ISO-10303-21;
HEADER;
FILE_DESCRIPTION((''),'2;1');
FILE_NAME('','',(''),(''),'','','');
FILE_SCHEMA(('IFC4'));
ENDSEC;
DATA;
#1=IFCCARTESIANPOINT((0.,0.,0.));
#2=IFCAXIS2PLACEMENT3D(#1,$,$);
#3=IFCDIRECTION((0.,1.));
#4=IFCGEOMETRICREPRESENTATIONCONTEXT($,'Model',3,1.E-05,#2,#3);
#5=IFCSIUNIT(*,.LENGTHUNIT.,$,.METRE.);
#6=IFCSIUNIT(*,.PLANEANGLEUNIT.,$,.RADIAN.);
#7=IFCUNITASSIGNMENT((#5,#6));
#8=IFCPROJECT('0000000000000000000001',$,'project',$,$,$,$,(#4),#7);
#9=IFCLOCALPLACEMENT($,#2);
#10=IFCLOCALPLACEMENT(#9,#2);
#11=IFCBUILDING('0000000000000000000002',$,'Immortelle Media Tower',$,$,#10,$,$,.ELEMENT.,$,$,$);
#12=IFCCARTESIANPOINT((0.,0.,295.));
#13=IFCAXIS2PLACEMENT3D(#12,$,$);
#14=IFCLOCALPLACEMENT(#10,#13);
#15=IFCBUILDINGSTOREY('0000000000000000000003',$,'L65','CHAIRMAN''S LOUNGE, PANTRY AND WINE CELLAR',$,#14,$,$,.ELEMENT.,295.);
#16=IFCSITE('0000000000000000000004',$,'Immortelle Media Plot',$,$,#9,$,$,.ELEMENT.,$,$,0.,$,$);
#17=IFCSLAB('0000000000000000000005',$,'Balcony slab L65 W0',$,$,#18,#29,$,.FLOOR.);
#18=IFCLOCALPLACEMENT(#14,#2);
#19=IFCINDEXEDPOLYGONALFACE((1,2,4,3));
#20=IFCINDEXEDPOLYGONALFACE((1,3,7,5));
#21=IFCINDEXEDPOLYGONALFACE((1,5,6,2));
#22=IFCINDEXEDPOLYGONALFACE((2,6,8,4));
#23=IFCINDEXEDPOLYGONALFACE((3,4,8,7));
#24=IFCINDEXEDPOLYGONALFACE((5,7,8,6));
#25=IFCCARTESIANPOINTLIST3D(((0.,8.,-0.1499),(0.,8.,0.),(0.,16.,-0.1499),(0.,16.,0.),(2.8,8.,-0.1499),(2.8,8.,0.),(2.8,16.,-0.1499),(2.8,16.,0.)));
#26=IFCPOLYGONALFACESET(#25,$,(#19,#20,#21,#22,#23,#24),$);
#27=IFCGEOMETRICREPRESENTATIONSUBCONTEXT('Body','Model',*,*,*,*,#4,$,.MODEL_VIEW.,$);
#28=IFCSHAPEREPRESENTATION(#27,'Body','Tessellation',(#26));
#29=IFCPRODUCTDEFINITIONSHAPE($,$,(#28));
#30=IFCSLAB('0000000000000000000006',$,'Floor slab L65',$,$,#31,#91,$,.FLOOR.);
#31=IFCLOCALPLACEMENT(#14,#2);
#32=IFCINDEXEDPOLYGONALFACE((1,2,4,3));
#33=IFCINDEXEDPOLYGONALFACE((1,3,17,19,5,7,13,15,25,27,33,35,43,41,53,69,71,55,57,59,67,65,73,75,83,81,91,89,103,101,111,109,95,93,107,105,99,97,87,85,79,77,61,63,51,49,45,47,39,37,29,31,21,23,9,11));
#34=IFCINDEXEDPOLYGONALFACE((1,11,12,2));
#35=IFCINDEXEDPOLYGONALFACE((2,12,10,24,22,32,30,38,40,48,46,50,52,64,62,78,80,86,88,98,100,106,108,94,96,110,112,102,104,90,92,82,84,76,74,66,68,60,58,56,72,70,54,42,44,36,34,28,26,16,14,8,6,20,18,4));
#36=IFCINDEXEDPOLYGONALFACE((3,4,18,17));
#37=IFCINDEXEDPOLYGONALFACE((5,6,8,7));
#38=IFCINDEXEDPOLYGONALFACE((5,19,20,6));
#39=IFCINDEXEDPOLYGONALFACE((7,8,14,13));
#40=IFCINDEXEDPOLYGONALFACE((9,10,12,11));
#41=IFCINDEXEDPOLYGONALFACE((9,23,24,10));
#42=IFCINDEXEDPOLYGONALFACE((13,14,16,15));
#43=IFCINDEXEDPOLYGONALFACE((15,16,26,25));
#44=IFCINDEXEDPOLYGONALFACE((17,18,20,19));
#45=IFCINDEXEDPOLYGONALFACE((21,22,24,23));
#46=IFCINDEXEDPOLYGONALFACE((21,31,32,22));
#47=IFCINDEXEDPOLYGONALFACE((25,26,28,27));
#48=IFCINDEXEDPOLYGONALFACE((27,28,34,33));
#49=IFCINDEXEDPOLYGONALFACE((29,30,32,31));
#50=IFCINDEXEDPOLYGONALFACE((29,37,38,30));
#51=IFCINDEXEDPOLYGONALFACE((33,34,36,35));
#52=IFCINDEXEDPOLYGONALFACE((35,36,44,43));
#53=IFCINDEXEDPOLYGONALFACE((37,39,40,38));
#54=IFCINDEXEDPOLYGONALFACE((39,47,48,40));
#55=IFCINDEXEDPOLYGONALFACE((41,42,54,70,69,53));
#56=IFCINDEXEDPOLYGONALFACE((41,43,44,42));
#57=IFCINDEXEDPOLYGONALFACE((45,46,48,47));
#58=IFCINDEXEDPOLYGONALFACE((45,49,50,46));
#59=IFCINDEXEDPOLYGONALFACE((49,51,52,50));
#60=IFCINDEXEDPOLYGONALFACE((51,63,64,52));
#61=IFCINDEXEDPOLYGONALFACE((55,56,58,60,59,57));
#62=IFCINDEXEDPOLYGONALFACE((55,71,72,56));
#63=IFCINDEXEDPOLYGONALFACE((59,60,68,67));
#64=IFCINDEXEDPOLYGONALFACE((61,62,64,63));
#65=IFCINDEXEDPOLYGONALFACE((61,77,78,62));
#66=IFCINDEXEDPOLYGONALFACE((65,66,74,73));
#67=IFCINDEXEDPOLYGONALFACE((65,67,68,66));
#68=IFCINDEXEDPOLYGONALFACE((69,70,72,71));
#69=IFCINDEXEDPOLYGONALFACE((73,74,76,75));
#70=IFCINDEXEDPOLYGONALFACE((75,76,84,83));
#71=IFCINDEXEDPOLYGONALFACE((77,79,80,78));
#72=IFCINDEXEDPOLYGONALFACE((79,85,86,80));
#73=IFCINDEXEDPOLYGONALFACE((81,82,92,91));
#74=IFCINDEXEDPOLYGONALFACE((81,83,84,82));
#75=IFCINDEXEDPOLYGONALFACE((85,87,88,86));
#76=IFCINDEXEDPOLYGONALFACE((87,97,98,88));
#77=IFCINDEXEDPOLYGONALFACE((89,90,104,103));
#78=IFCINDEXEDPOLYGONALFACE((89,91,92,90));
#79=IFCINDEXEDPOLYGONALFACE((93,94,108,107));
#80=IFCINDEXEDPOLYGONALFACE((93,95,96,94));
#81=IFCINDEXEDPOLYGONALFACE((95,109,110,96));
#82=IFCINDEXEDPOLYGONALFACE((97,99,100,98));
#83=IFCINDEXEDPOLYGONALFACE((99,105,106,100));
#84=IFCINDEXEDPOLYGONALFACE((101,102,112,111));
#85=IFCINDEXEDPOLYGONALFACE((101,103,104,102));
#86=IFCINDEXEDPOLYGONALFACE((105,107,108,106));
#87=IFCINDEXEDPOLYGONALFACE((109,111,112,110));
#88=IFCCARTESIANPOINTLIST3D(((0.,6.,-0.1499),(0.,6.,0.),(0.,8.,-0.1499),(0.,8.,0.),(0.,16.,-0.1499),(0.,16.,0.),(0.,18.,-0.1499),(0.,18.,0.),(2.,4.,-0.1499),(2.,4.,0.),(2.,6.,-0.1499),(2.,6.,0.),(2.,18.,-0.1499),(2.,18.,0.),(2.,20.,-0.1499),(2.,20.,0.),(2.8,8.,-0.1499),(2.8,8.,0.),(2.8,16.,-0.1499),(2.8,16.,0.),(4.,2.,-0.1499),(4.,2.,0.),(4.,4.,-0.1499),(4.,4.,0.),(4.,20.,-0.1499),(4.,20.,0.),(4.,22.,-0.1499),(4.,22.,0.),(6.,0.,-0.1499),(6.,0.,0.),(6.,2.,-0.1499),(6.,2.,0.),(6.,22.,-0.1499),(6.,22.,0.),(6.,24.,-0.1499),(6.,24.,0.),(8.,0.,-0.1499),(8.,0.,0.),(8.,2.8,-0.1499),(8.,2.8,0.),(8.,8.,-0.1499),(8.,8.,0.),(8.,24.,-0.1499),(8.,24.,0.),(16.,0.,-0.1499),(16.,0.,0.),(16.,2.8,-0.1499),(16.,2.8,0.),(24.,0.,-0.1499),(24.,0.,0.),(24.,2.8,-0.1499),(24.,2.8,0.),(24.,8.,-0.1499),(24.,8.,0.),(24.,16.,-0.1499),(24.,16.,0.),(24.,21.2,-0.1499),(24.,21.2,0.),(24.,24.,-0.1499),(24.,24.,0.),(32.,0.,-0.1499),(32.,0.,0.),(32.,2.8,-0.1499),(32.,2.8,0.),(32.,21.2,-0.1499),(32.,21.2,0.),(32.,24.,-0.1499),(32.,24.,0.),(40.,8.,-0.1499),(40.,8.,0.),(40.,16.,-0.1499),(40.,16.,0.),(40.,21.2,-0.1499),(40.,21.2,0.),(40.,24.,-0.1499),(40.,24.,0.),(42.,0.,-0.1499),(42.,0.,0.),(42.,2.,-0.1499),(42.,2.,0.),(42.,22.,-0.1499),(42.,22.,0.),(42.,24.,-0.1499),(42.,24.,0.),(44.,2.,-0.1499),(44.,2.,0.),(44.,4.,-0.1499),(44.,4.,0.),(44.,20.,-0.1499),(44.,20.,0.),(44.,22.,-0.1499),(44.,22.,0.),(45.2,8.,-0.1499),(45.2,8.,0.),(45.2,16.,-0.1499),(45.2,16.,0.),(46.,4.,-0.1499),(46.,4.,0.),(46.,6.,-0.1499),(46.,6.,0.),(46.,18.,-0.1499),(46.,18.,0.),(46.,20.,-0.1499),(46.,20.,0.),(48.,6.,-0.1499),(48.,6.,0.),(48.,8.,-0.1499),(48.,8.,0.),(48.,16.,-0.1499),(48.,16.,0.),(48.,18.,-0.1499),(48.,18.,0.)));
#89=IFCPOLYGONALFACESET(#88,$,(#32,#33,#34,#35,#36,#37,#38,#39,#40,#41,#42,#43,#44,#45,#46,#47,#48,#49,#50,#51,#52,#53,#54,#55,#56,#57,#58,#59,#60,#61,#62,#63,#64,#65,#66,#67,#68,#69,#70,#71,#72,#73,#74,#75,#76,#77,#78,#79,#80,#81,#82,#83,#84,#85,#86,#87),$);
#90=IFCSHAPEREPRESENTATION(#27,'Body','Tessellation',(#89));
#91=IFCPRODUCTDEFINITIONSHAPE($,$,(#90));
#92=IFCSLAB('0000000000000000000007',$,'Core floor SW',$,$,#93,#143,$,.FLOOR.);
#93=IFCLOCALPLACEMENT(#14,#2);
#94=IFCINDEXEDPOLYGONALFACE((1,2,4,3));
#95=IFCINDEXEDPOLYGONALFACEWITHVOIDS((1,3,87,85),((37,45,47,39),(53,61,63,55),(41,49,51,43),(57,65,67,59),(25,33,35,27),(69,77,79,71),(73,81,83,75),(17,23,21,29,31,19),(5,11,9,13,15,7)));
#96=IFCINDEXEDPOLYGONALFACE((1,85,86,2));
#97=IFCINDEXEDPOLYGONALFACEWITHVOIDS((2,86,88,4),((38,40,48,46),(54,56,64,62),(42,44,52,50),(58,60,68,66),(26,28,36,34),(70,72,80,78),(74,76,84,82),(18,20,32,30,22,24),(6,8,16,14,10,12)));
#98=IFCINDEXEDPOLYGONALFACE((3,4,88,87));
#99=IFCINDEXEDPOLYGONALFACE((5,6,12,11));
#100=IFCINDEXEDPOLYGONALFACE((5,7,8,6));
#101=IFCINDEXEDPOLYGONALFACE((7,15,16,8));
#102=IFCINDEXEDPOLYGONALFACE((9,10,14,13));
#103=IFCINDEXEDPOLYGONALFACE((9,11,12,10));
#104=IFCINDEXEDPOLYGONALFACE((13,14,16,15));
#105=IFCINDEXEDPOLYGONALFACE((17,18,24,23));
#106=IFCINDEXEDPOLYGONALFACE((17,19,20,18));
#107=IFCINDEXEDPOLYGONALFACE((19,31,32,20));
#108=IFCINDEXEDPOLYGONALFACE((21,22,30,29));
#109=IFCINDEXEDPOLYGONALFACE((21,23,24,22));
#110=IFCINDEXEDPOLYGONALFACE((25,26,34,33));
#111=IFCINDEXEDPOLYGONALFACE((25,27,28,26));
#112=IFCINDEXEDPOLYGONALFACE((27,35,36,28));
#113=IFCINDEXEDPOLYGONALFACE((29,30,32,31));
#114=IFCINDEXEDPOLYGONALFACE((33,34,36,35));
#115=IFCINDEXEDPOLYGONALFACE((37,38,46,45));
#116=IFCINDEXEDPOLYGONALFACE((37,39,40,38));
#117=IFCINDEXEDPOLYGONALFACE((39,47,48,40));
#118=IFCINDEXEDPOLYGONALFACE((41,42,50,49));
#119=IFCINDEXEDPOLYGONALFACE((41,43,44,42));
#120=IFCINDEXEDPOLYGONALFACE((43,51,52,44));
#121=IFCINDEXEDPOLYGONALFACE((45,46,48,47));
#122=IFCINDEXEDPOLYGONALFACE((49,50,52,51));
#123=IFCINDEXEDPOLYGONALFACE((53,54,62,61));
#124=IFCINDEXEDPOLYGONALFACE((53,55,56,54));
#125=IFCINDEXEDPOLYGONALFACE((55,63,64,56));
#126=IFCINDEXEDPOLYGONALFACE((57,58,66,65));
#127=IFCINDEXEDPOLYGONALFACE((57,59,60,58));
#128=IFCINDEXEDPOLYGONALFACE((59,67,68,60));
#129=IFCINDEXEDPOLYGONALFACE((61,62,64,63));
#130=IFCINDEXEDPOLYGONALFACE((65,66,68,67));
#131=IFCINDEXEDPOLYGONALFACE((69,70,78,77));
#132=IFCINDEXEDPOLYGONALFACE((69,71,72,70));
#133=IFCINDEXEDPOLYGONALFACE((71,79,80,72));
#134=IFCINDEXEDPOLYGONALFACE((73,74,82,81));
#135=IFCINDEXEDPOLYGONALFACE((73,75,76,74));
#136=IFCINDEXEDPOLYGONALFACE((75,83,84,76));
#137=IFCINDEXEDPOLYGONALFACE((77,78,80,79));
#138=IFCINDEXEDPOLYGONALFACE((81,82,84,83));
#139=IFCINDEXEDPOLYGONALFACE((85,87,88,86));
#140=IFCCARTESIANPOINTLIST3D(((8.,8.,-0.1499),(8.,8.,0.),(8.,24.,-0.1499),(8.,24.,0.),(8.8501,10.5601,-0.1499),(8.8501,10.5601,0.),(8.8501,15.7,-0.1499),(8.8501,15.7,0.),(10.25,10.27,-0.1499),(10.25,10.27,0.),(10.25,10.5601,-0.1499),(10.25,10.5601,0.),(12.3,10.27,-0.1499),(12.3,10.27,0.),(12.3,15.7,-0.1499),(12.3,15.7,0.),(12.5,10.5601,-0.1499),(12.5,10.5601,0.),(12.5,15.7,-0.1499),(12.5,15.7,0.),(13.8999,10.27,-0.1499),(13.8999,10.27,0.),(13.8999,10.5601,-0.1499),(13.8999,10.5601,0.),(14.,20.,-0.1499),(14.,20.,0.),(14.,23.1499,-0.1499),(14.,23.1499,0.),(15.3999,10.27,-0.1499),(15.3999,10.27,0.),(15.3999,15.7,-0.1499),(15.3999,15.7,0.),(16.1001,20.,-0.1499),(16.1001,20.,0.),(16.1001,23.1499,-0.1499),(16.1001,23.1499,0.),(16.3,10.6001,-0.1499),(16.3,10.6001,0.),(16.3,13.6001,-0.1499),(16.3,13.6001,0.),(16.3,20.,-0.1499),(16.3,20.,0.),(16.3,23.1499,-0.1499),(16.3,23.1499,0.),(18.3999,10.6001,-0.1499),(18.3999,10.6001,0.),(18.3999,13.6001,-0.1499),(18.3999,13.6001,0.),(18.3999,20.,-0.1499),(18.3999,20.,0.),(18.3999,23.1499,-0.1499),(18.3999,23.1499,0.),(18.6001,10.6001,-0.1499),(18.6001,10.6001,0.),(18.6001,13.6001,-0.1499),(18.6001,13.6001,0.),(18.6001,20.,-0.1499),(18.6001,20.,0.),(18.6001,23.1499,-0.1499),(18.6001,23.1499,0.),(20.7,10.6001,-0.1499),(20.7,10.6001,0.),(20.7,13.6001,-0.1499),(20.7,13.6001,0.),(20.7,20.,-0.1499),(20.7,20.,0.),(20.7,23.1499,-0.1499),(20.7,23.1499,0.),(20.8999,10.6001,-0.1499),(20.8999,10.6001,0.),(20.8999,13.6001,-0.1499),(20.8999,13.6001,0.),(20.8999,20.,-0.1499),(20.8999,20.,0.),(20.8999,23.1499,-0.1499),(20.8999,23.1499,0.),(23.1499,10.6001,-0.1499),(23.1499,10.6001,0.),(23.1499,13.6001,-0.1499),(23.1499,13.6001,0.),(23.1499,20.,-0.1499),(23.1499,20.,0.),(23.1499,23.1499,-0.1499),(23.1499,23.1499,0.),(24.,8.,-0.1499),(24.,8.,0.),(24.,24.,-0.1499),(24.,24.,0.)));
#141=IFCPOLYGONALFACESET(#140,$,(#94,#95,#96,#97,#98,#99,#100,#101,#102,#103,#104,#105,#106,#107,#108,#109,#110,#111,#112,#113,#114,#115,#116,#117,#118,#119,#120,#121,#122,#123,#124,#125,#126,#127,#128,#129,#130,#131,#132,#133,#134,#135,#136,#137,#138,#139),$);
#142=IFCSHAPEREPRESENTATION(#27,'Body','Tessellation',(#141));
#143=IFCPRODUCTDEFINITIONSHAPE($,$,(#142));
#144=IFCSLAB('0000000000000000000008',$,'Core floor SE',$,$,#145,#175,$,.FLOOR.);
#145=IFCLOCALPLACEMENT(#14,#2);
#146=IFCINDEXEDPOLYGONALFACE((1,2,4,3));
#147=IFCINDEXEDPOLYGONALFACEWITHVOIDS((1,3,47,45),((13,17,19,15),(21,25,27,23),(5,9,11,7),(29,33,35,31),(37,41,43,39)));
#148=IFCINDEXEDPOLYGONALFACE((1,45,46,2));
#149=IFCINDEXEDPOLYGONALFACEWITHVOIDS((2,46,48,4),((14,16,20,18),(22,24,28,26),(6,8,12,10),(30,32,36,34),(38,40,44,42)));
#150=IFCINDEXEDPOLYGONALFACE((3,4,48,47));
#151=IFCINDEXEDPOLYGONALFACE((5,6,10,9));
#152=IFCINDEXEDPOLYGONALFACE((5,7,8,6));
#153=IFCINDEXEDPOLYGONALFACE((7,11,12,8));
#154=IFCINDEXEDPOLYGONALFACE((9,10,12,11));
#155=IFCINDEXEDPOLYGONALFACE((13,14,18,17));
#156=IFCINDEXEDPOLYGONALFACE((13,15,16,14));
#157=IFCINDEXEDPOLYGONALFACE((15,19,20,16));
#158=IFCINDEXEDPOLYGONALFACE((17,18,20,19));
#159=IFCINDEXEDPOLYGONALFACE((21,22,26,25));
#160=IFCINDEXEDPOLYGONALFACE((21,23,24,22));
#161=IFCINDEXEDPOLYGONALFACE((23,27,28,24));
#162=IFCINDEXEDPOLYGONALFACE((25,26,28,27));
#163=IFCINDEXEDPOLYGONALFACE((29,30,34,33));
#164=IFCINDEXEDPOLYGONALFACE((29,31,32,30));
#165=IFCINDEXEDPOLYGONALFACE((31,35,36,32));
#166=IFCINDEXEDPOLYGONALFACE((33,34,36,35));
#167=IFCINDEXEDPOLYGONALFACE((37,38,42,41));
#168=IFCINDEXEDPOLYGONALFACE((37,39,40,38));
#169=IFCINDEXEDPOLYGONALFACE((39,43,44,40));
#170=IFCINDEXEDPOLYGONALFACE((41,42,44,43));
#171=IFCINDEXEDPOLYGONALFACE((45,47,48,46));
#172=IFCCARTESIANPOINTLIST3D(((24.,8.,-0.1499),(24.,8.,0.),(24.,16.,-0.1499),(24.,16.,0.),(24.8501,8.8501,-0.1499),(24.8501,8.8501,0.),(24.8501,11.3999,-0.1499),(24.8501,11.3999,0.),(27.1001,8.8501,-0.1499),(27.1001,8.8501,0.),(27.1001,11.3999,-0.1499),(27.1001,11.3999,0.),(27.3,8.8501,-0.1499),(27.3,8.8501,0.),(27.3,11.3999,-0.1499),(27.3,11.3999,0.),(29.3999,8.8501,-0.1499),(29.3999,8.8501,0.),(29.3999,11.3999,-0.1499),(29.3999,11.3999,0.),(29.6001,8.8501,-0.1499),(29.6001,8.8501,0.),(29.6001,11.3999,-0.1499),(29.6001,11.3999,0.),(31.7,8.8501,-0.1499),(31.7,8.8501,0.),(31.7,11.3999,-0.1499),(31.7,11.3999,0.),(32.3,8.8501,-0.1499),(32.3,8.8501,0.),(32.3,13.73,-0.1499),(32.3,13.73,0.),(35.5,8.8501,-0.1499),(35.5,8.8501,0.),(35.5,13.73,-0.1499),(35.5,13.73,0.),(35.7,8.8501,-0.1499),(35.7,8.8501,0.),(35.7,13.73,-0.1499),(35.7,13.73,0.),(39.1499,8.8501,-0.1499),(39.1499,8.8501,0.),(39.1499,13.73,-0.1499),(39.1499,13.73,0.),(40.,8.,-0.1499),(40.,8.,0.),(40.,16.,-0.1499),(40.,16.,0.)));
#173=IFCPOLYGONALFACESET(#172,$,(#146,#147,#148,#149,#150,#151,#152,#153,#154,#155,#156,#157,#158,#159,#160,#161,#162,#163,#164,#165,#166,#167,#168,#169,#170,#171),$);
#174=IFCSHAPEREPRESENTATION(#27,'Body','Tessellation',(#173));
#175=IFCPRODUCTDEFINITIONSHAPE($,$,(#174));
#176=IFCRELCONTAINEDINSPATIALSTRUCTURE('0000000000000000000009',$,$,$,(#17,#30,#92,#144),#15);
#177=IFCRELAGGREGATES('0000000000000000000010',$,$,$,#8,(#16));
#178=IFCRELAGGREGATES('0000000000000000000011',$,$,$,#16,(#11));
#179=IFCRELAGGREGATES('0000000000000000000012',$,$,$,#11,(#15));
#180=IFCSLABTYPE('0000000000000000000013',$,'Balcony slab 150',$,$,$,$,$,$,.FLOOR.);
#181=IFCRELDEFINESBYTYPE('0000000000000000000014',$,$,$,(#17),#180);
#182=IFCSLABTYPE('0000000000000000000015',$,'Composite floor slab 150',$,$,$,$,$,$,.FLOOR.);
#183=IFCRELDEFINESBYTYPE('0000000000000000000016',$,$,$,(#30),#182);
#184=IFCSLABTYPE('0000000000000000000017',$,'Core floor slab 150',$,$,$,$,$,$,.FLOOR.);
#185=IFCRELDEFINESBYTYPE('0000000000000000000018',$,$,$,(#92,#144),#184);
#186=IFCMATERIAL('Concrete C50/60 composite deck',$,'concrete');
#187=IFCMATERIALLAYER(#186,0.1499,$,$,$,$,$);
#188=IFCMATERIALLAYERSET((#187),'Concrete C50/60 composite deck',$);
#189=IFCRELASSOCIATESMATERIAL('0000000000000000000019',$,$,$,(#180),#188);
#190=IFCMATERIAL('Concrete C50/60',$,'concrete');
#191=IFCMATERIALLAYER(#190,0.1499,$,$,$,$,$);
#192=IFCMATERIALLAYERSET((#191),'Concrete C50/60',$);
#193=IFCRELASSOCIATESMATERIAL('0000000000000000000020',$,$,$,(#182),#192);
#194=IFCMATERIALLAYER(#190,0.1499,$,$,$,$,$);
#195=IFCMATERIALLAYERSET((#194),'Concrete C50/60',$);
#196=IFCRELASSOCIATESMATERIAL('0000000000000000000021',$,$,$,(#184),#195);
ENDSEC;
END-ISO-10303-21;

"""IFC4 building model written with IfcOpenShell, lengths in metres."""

from ifc_helpers import new_model, si_unit, direction, frame, origin, place, context, subcontext, project, spatial, polyline, outline, extrude, material, layer, layer_set, type_object, element, save


model = new_model("IFC4")

# Units and contexts
model_context = context("Model", 3, precision=1e-05, world=origin(), true_north=direction((0.0, 1.0)))
body_context = subcontext(model_context, "Body", "Model", "MODEL_VIEW")
ifc_project = project(units=[si_unit("LENGTHUNIT", "METRE"), si_unit("PLANEANGLEUNIT", "RADIAN")], contexts=[model_context])

# Site, building, storey
site_placement = place(None, origin())
site = spatial("IfcSite", under=ifc_project, at=site_placement, Name="Immortelle Media Plot", CompositionType="ELEMENT", RefElevation=0.0)
building_placement = place(site_placement, origin())
building = spatial("IfcBuilding", under=site, at=building_placement, Name="Immortelle Media Tower", CompositionType="ELEMENT")
storey_placement = place(building_placement, frame((0.0, 0.0, 295.0)))
storey = spatial("IfcBuildingStorey", under=building, at=storey_placement, Name="L65", Description="CHAIRMAN'S LOUNGE, PANTRY AND WINE CELLAR", CompositionType="ELEMENT", Elevation=295.0)

# Slabs
ifc_material_1 = material(Name="Concrete C50/60 composite deck", Category="concrete")
ifc_layer_1 = layer(ifc_material_1, 0.1499)
ifc_layer_set_1 = layer_set([ifc_layer_1], Name="Concrete C50/60 composite deck")
slab_type_1 = type_object("IfcSlabType", Name="Balcony slab 150", PredefinedType="FLOOR", material=ifc_layer_set_1)
slab_1_placement = place(storey_placement, frame((0.0, 0.0, -0.1499)))
element("IfcSlab", 1, at=slab_1_placement, inside=storey, type_object=slab_type_1, Name="Balcony slab L65 W0", PredefinedType="FLOOR", context=body_context, shape_type="SweptSolid", body=[
    extrude(outline(polyline([(2.8, 8.0), (2.8, 16.0), (0.0, 16.0), (0.0, 8.0), (2.8, 8.0)])), origin(), (0.0, 0.0, 1.0), 0.1499),
])
ifc_material_2 = material(Name="Concrete C50/60", Category="concrete")
ifc_layer_2 = layer(ifc_material_2, 0.1499)
ifc_layer_set_2 = layer_set([ifc_layer_2], Name="Concrete C50/60")
slab_type_2 = type_object("IfcSlabType", Name="Composite floor slab 150", PredefinedType="FLOOR", material=ifc_layer_set_2)
slab_2_placement = place(storey_placement, frame((0.0, 0.0, -0.1499)))
element("IfcSlab", 2, at=slab_2_placement, inside=storey, type_object=slab_type_2, Name="Floor slab L65", PredefinedType="FLOOR", context=body_context, shape_type="SweptSolid", body=[
    extrude(outline(polyline([(6.0, 0.0), (6.0, 2.0), (4.0, 2.0), (4.0, 4.0), (2.0, 4.0), (2.0, 6.0), (0.0, 6.0), (0.0, 8.0), (2.8, 8.0), (2.8, 16.0), (0.0, 16.0), (0.0, 18.0), (2.0, 18.0), (2.0, 20.0), (4.0, 20.0), (4.0, 22.0), (6.0, 22.0), (6.0, 24.0), (8.0, 24.0), (8.0, 8.0), (24.0, 8.0), (40.0, 8.0), (40.0, 16.0), (24.0, 16.0), (24.0, 21.2), (24.0, 24.0), (32.0, 24.0), (32.0, 21.2), (40.0, 21.2), (40.0, 24.0), (42.0, 24.0), (42.0, 22.0), (44.0, 22.0), (44.0, 20.0), (46.0, 20.0), (46.0, 18.0), (48.0, 18.0), (48.0, 16.0), (45.2, 16.0), (45.2, 8.0), (48.0, 8.0), (48.0, 6.0), (46.0, 6.0), (46.0, 4.0), (44.0, 4.0), (44.0, 2.0), (42.0, 2.0), (42.0, 0.0), (32.0, 0.0), (32.0, 2.8), (24.0, 2.8), (24.0, 0.0), (16.0, 0.0), (16.0, 2.8), (8.0, 2.8), (8.0, 0.0), (6.0, 0.0)])), origin(), (0.0, 0.0, 1.0), 0.1499),
])
ifc_layer_3 = layer(ifc_material_2, 0.1499)
ifc_layer_set_3 = layer_set([ifc_layer_3], Name="Concrete C50/60")
slab_type_3 = type_object("IfcSlabType", Name="Core floor slab 150", PredefinedType="FLOOR", material=ifc_layer_set_3)
slab_3_placement = place(storey_placement, frame((0.0, 0.0, -0.1499)))
element("IfcSlab", 3, at=slab_3_placement, inside=storey, type_object=slab_type_3, Name="Core floor SW", PredefinedType="FLOOR", context=body_context, shape_type="SweptSolid", body=[
    extrude(outline(polyline([(8.0, 8.0), (24.0, 8.0), (24.0, 24.0), (8.0, 24.0), (8.0, 8.0)]), holes=[polyline([(14.0, 20.0), (16.1001, 20.0), (16.1001, 23.1499), (14.0, 23.1499), (14.0, 20.0)]), polyline([(16.3, 20.0), (18.3999, 20.0), (18.3999, 23.1499), (16.3, 23.1499), (16.3, 20.0)]), polyline([(18.6001, 20.0), (20.7, 20.0), (20.7, 23.1499), (18.6001, 23.1499), (18.6001, 20.0)]), polyline([(20.8999, 20.0), (23.1499, 20.0), (23.1499, 23.1499), (20.8999, 23.1499), (20.8999, 20.0)]), polyline([(16.3, 10.6001), (18.3999, 10.6001), (18.3999, 13.6001), (16.3, 13.6001), (16.3, 10.6001)]), polyline([(18.6001, 10.6001), (20.7, 10.6001), (20.7, 13.6001), (18.6001, 13.6001), (18.6001, 10.6001)]), polyline([(20.8999, 10.6001), (23.1499, 10.6001), (23.1499, 13.6001), (20.8999, 13.6001), (20.8999, 10.6001)]), polyline([(8.8501, 15.7), (12.3, 15.7), (12.3, 10.27), (10.25, 10.27), (10.25, 10.5601), (8.8501, 10.5601), (8.8501, 15.7)]), polyline([(12.5, 15.7), (15.3999, 15.7), (15.3999, 10.27), (13.8999, 10.27), (13.8999, 10.5601), (12.5, 10.5601), (12.5, 15.7)])]), origin(), (0.0, 0.0, 1.0), 0.1499),
])
slab_4_placement = place(storey_placement, frame((0.0, 0.0, -0.1499)))
element("IfcSlab", 4, at=slab_4_placement, inside=storey, type_object=slab_type_3, Name="Core floor SE", PredefinedType="FLOOR", context=body_context, shape_type="SweptSolid", body=[
    extrude(outline(polyline([(24.0, 8.0), (40.0, 8.0), (40.0, 16.0), (24.0, 16.0), (24.0, 8.0)]), holes=[polyline([(24.8501, 8.8501), (27.1001, 8.8501), (27.1001, 11.3999), (24.8501, 11.3999), (24.8501, 8.8501)]), polyline([(27.3, 8.8501), (29.3999, 8.8501), (29.3999, 11.3999), (27.3, 11.3999), (27.3, 8.8501)]), polyline([(29.6001, 8.8501), (31.7, 8.8501), (31.7, 11.3999), (29.6001, 11.3999), (29.6001, 8.8501)]), polyline([(32.3, 8.8501), (35.5, 8.8501), (35.5, 13.73), (32.3, 13.73), (32.3, 8.8501)]), polyline([(35.7, 8.8501), (39.1499, 8.8501), (39.1499, 13.73), (35.7, 13.73), (35.7, 8.8501)])]), origin(), (0.0, 0.0, 1.0), 0.1499),
])

save(model, "model.ifc")
